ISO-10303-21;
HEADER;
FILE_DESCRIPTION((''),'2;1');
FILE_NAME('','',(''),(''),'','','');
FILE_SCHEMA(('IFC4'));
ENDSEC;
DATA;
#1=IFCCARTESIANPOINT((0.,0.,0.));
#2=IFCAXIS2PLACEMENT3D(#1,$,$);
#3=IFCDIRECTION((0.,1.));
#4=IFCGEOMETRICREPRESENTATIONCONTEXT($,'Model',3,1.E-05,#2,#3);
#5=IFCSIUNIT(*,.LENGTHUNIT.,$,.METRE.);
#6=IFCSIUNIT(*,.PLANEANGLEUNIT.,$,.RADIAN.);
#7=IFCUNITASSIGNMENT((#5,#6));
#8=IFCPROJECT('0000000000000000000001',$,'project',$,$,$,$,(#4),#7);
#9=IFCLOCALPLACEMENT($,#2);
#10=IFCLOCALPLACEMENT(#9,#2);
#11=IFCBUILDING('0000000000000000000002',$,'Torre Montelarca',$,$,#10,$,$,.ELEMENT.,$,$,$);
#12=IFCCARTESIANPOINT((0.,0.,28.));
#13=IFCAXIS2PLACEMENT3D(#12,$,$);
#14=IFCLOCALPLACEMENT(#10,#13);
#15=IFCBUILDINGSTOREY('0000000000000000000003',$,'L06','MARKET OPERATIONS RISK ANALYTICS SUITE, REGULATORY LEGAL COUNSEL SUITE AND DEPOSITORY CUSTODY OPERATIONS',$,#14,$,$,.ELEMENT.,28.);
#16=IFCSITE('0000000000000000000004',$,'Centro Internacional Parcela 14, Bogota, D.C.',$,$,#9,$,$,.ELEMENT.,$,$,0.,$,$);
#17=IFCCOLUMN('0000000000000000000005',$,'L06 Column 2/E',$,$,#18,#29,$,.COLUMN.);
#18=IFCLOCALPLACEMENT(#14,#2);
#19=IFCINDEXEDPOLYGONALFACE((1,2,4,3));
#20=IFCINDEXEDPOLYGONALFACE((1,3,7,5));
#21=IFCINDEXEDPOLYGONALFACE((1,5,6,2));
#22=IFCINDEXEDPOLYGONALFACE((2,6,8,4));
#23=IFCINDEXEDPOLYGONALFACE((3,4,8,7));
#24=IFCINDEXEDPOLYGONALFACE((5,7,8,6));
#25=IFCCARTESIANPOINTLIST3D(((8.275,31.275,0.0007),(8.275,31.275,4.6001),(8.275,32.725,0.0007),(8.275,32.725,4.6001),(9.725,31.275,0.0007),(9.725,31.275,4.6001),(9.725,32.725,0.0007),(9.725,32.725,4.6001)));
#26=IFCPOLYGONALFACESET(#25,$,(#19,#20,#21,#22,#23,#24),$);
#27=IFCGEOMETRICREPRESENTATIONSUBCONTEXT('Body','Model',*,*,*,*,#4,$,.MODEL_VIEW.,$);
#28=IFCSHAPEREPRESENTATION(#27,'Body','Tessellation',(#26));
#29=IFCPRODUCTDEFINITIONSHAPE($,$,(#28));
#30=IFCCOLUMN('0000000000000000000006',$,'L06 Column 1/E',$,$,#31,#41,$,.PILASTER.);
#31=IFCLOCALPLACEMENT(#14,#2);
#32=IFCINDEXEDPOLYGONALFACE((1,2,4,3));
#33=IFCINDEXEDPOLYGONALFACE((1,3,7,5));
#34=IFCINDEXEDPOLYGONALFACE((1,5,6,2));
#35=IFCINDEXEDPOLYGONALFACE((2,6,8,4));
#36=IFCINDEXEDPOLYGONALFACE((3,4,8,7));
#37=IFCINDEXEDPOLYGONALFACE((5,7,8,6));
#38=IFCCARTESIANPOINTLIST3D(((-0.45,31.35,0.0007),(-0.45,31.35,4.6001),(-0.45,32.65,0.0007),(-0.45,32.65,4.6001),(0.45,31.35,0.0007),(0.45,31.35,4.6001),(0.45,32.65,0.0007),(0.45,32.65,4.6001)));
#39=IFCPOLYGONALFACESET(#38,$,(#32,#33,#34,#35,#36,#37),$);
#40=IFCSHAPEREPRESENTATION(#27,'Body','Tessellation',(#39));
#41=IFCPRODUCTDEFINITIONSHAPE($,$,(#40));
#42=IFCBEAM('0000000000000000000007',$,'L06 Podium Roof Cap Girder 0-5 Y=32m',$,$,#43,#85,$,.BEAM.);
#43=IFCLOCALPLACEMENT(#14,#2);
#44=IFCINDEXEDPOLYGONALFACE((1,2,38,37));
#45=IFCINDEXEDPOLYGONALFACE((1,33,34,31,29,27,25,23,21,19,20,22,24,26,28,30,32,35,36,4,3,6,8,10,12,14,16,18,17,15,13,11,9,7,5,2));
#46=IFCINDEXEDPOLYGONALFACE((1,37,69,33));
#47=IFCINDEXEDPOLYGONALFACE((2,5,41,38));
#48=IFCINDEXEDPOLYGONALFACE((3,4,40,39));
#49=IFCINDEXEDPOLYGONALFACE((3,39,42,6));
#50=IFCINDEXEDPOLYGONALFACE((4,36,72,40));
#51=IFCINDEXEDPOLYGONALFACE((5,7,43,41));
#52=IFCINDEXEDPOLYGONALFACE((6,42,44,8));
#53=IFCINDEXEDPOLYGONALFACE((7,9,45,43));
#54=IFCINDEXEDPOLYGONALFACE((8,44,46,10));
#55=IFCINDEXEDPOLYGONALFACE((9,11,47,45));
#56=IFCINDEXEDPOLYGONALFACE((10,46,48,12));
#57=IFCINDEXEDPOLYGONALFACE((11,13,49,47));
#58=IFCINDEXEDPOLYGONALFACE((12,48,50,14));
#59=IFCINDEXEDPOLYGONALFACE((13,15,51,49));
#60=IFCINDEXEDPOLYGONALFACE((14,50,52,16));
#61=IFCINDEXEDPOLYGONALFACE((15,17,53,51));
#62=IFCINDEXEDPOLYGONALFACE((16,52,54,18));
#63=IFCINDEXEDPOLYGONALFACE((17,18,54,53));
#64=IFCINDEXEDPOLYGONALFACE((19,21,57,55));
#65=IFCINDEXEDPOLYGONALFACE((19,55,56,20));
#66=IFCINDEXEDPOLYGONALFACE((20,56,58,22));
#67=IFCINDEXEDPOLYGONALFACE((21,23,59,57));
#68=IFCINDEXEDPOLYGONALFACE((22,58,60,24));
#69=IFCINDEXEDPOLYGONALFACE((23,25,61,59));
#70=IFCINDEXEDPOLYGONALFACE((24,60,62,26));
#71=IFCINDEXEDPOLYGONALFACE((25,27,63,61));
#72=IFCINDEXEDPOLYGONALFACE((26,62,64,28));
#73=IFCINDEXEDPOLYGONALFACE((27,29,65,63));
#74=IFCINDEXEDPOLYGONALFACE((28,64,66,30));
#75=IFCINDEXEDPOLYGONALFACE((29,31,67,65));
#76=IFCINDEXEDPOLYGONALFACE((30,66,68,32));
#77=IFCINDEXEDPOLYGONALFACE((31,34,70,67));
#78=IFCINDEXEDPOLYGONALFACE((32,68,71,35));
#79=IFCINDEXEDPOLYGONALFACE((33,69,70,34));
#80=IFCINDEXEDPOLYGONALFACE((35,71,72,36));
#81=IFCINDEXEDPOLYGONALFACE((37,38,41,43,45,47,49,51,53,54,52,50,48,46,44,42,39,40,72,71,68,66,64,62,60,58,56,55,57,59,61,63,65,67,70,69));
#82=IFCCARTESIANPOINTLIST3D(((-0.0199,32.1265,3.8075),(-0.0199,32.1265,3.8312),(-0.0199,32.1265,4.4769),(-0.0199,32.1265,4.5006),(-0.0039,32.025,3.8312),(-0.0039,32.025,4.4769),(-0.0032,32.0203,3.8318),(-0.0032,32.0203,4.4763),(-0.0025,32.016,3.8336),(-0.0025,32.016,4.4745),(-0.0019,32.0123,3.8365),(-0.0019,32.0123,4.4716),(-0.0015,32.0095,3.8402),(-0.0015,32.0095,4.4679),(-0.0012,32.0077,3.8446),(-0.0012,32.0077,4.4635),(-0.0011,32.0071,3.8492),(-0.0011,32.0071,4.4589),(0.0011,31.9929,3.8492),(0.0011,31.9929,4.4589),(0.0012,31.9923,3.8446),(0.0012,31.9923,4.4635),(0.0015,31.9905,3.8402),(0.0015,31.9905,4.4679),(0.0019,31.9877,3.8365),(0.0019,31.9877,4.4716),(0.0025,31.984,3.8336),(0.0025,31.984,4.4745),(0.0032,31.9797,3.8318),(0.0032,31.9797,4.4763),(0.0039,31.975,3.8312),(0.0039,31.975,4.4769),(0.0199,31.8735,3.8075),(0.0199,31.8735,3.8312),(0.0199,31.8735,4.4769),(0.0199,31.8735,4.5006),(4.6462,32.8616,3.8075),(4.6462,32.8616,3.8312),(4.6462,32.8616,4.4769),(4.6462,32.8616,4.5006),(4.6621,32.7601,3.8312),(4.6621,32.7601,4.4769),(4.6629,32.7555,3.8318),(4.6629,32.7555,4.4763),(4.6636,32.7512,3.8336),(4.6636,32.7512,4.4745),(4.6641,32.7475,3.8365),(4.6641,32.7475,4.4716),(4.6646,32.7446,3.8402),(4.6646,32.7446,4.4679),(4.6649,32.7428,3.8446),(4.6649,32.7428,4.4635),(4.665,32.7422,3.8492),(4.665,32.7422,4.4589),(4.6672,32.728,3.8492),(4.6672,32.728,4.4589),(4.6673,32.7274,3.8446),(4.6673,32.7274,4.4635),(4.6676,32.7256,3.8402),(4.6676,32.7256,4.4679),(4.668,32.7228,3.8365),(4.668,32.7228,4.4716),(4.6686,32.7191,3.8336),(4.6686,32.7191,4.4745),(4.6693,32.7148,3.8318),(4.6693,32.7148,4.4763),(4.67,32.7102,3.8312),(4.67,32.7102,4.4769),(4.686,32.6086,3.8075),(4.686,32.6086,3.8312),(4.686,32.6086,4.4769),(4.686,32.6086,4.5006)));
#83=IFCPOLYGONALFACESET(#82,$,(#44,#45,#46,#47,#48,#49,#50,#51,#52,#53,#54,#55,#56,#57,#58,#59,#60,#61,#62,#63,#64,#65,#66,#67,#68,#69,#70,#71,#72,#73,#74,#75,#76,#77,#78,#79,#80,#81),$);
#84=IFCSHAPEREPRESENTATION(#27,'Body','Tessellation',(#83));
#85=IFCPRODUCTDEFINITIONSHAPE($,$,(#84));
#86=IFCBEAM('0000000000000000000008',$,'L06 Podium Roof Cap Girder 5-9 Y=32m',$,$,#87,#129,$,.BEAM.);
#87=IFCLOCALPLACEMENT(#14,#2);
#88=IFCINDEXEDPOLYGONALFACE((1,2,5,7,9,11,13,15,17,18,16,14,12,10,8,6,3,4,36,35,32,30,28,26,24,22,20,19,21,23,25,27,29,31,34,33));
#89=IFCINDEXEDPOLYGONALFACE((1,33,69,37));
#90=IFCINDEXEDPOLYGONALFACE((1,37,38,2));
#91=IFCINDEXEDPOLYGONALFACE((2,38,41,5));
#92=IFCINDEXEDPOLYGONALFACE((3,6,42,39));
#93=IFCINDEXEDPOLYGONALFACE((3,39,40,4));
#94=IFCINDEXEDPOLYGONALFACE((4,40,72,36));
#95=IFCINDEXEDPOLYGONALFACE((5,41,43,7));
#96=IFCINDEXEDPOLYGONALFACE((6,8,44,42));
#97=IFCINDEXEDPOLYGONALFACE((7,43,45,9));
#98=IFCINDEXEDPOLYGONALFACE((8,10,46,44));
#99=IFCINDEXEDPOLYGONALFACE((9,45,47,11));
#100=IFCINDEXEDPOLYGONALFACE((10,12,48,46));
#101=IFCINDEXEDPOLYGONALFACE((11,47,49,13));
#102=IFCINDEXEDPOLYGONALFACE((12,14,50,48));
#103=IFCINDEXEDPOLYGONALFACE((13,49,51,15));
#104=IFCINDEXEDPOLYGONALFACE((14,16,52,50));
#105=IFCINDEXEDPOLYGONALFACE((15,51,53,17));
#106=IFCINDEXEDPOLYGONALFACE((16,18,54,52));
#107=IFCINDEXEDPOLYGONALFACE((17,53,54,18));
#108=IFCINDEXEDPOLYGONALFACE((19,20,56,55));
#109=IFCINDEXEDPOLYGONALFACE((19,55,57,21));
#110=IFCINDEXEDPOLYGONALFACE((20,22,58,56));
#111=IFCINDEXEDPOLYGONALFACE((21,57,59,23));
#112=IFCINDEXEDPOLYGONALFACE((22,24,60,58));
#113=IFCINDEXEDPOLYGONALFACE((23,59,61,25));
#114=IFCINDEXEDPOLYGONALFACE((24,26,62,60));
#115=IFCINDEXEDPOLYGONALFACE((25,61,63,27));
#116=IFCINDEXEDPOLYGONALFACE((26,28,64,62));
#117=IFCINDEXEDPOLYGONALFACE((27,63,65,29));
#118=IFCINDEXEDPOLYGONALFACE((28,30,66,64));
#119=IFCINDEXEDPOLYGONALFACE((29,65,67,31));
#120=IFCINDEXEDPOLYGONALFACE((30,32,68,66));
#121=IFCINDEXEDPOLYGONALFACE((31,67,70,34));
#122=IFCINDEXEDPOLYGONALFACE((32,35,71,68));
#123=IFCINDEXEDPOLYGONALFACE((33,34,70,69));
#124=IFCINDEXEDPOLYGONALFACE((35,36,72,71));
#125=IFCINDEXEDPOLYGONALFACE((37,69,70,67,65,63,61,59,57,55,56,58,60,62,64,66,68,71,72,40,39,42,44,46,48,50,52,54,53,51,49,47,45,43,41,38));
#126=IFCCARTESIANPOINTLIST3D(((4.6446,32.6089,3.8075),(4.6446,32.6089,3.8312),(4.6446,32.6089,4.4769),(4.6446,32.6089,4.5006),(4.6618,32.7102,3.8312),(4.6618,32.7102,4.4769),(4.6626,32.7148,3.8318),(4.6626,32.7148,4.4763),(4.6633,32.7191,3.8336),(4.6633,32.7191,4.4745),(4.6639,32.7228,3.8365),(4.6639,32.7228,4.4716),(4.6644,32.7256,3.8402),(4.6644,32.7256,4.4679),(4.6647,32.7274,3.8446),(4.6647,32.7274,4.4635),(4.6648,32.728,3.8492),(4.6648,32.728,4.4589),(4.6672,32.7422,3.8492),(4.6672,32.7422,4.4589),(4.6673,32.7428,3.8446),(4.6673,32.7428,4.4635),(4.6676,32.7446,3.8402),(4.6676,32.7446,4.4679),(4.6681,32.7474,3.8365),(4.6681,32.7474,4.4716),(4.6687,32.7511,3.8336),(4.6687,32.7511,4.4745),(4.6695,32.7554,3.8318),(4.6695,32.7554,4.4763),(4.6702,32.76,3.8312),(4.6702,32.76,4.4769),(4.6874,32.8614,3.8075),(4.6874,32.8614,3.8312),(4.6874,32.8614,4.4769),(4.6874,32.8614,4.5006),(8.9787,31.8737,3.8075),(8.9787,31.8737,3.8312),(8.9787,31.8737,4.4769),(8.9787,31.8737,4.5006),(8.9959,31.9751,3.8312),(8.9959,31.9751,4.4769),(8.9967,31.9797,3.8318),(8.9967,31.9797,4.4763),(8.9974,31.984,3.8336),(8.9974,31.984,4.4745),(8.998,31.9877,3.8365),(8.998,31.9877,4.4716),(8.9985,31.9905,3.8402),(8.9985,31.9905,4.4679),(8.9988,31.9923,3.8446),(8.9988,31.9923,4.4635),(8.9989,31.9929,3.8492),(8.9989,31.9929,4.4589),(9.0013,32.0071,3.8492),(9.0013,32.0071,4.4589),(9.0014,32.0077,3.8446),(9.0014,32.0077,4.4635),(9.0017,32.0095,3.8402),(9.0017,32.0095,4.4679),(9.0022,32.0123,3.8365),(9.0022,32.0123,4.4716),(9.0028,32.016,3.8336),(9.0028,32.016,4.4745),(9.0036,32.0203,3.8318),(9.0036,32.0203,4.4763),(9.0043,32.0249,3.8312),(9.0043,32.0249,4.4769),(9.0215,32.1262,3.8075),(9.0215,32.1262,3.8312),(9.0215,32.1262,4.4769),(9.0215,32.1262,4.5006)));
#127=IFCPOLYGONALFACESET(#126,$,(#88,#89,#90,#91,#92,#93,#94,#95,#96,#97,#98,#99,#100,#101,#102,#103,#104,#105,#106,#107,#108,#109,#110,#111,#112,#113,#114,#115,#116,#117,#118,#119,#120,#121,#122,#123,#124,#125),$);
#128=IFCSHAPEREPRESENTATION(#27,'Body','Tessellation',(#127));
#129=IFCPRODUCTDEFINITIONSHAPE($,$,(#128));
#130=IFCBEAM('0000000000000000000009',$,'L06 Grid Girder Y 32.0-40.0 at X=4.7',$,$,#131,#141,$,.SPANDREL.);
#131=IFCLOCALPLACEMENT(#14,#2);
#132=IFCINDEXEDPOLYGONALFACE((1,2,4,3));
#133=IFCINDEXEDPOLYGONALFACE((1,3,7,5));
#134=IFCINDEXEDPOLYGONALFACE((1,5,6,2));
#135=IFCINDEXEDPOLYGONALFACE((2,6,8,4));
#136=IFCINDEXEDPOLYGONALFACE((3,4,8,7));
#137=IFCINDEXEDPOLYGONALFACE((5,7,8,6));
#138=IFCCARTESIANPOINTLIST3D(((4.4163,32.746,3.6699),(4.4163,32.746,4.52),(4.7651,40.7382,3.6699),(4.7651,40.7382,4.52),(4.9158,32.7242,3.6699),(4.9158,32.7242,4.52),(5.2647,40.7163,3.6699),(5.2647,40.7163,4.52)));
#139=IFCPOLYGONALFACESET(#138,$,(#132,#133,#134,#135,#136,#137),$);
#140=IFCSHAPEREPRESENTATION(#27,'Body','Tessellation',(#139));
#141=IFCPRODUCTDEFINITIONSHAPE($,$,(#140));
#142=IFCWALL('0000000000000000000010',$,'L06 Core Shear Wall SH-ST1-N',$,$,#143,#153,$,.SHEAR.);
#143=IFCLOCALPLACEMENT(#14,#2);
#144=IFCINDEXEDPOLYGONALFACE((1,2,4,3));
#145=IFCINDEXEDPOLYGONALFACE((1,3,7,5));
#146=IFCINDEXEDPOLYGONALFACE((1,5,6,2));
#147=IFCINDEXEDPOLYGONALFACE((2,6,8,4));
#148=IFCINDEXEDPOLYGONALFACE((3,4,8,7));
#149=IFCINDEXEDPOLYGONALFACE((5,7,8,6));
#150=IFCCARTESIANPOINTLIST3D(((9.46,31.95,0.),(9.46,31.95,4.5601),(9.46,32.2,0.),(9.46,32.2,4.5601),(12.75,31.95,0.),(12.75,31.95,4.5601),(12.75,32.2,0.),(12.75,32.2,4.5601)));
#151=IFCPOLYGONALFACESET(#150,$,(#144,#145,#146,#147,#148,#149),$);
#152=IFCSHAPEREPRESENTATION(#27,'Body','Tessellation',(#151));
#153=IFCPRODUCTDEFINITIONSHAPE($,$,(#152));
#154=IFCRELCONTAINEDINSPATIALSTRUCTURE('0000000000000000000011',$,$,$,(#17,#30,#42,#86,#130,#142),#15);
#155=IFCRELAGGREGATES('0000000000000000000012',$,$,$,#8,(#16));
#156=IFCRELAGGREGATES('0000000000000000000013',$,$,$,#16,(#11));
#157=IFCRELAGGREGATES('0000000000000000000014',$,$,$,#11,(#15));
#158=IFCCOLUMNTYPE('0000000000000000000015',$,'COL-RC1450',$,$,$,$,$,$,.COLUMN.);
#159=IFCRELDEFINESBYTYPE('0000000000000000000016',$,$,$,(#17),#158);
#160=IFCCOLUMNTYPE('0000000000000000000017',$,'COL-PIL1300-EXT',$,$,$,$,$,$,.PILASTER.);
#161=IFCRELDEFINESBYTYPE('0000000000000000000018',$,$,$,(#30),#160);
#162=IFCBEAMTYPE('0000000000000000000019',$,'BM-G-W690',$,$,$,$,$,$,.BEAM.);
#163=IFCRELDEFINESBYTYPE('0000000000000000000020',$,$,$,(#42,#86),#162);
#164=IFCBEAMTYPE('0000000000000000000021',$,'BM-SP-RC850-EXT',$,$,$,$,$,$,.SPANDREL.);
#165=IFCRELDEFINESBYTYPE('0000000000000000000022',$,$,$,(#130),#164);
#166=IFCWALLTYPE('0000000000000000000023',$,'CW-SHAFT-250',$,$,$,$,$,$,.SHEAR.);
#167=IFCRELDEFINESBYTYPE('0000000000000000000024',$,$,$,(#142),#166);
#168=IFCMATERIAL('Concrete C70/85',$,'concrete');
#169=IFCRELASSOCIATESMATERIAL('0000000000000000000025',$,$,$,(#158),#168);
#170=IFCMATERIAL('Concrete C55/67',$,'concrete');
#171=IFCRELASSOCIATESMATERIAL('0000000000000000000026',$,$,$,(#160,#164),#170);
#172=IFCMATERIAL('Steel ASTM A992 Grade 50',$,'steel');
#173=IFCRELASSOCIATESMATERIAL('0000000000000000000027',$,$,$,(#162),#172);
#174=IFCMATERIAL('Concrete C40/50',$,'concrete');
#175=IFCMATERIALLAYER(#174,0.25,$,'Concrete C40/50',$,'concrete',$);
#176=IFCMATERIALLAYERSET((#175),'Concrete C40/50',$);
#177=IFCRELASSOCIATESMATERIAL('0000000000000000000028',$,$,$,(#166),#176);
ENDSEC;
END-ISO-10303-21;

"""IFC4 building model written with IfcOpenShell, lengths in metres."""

from ifc_helpers import new_model, si_unit, direction, frame, frame_2d, origin, origin_2d, place, context, subcontext, project, spatial, rectangle, i_section, extrude, source, transform, mapped, material, layer, layer_set, material_profile, profile_set, type_object, element, save


model = new_model("IFC4")

# Units and contexts
model_context = context("Model", 3, precision=1e-05, world=origin(), true_north=direction((0.0, 1.0)))
body_context = subcontext(model_context, "Body", "Model", "MODEL_VIEW")
ifc_project = project(units=[si_unit("LENGTHUNIT", "METRE"), si_unit("PLANEANGLEUNIT", "RADIAN")], contexts=[model_context])

# Site, building, storey
site_placement = place(None, origin())
site = spatial("IfcSite", under=ifc_project, at=site_placement, Name="Centro Internacional Parcela 14, Bogota, D.C.", CompositionType="ELEMENT", RefElevation=0.0)
building_placement = place(site_placement, origin())
building = spatial("IfcBuilding", under=site, at=building_placement, Name="Torre Montelarca", CompositionType="ELEMENT")
storey_placement = place(building_placement, frame((0.0, 0.0, 28.0)))
storey = spatial("IfcBuildingStorey", under=building, at=storey_placement, Name="L06", Description="MARKET OPERATIONS RISK ANALYTICS SUITE, REGULATORY LEGAL COUNSEL SUITE AND DEPOSITORY CUSTODY OPERATIONS", CompositionType="ELEMENT", Elevation=28.0)

# Columns
ifc_material_1 = material(Name="Concrete C70/85", Category="concrete")
ifc_material_profile_1 = material_profile(ifc_material_1, rectangle(XDim=1.45, YDim=1.45, at=origin_2d()), Name="RC1450X1450", Category="concrete")
ifc_profile_set_1 = profile_set([ifc_material_profile_1], Name="Concrete C70/85")
column_type_1 = type_object("IfcColumnType", Name="COL-RC1450", PredefinedType="COLUMN", material=ifc_profile_set_1)
shared_shape_1 = source(origin(), body_context, "Body", "SweptSolid", [
    extrude(rectangle(XDim=1.45, YDim=1.45, at=origin_2d()), origin(), (0.0, 0.0, 1.0), 4.5994),
])
column_1_placement = place(storey_placement, frame((9.0, 32.0, 0.0007), z_axis=(0.0, 0.0, 1.0), x_axis=(1.0, 0.0, 0.0)))
element("IfcColumn", 1, at=column_1_placement, inside=storey, type_object=column_type_1, Name="L06 Column 2/E", PredefinedType="COLUMN", context=body_context, shape_type="MappedRepresentation", body=[
    mapped(shared_shape_1, transform((0.0, 0.0, 0.0), scale=1.0)),
])
ifc_material_2 = material(Name="Concrete C55/67", Category="concrete")
ifc_material_profile_2 = material_profile(ifc_material_2, rectangle(XDim=0.8999, YDim=1.3, at=origin_2d()), Name="RC1300X900", Category="concrete")
ifc_profile_set_2 = profile_set([ifc_material_profile_2], Name="Concrete C55/67")
column_type_2 = type_object("IfcColumnType", Name="COL-PIL1300-EXT", PredefinedType="PILASTER", material=ifc_profile_set_2)
shared_shape_2 = source(origin(), body_context, "Body", "SweptSolid", [
    extrude(rectangle(XDim=0.8999, YDim=1.3, at=origin_2d()), origin(), (0.0, 0.0, 1.0), 4.5994),
])
column_2_placement = place(storey_placement, frame((0.0, 32.0, 0.0007), z_axis=(0.0, 0.0, 1.0), x_axis=(1.0, 0.0, 0.0)))
element("IfcColumn", 2, at=column_2_placement, inside=storey, type_object=column_type_2, Name="L06 Column 1/E", PredefinedType="PILASTER", context=body_context, shape_type="MappedRepresentation", body=[
    mapped(shared_shape_2, transform((0.0, 0.0, 0.0), scale=1.0)),
])

# Beams
ifc_material_3 = material(Name="Steel ASTM A992 Grade 50", Category="steel")
ifc_material_profile_3 = material_profile(ifc_material_3, i_section(OverallWidth=0.2561, OverallDepth=0.6931, WebThickness=0.0144, FlangeThickness=0.0237, FilletRadius=0.0181, at=origin_2d()), Name="W690X170", Category="steel")
ifc_profile_set_3 = profile_set([ifc_material_profile_3], Name="Steel ASTM A992 Grade 50")
beam_type_1 = type_object("IfcBeamType", Name="BM-G-W690", PredefinedType="BEAM", material=ifc_profile_set_3)
shared_shape_3 = source(origin(), body_context, "Body", "SweptSolid", [
    extrude(i_section(OverallWidth=0.2561, OverallDepth=0.6931, WebThickness=0.0144, FlangeThickness=0.0237, FilletRadius=0.0181, at=origin_2d()), origin(), (0.0, 0.0, 1.0), 4.7236),
])
beam_1_placement = place(storey_placement, frame((0.0, 32.0, 4.1541), z_axis=(0.987816, 0.155625, 0.0), x_axis=(-0.155625, 0.987816, 0.0)))
element("IfcBeam", 3, at=beam_1_placement, inside=storey, type_object=beam_type_1, Name="L06 Podium Roof Cap Girder 0-5 Y=32m", PredefinedType="BEAM", context=body_context, shape_type="MappedRepresentation", body=[
    mapped(shared_shape_3, transform((0.0, 0.0, 0.0), scale=1.0)),
])
shared_shape_4 = source(origin(), body_context, "Body", "SweptSolid", [
    extrude(i_section(OverallWidth=0.2561, OverallDepth=0.6931, WebThickness=0.0144, FlangeThickness=0.0237, FilletRadius=0.0181, at=origin_2d()), origin(), (0.0, 0.0, 1.0), 4.396),
])
beam_2_placement = place(storey_placement, frame((4.666, 32.7351, 4.1541), z_axis=(0.985919, -0.167226, 0.0), x_axis=(0.167226, 0.985919, 0.0)))
element("IfcBeam", 4, at=beam_2_placement, inside=storey, type_object=beam_type_1, Name="L06 Podium Roof Cap Girder 5-9 Y=32m", PredefinedType="BEAM", context=body_context, shape_type="MappedRepresentation", body=[
    mapped(shared_shape_4, transform((0.0, 0.0, 0.0), scale=1.0)),
])
ifc_material_profile_4 = material_profile(ifc_material_2, rectangle(XDim=0.5, YDim=0.8501, at=origin_2d()), Name="RCB500X850", Category="concrete")
ifc_profile_set_4 = profile_set([ifc_material_profile_4], Name="Concrete C55/67")
beam_type_2 = type_object("IfcBeamType", Name="BM-SP-RC850-EXT", PredefinedType="SPANDREL", material=ifc_profile_set_4)
shared_shape_5 = source(origin(), body_context, "Body", "SweptSolid", [
    extrude(rectangle(XDim=0.5, YDim=0.8501, at=origin_2d()), origin(), (0.0, 0.0, 1.0), 7.9998),
])
beam_3_placement = place(storey_placement, frame((4.666, 32.7351, 4.095), z_axis=(0.043611, 0.999049, 0.0), x_axis=(-0.999049, 0.043611, 0.0)))
element("IfcBeam", 5, at=beam_3_placement, inside=storey, type_object=beam_type_2, Name="L06 Grid Girder Y 32.0-40.0 at X=4.7", PredefinedType="SPANDREL", context=body_context, shape_type="MappedRepresentation", body=[
    mapped(shared_shape_5, transform((0.0, 0.0, 0.0), scale=1.0)),
])

# Wall
ifc_material_4 = material(Name="Concrete C40/50", Category="concrete")
ifc_layer_1 = layer(ifc_material_4, 0.25, Name="Concrete C40/50", Category="concrete")
ifc_layer_set_1 = layer_set([ifc_layer_1], Name="Concrete C40/50")
wall_type_1 = type_object("IfcWallType", Name="CW-SHAFT-250", PredefinedType="SHEAR", material=ifc_layer_set_1)
wall_1_placement = place(storey_placement, frame((9.46, 32.075, 0.0), z_axis=(0.0, 0.0, 1.0), x_axis=(1.0, 0.0, 0.0)))
element("IfcWall", 6, at=wall_1_placement, inside=storey, type_object=wall_type_1, Name="L06 Core Shear Wall SH-ST1-N", PredefinedType="SHEAR", context=body_context, shape_type="SweptSolid", body=[
    extrude(rectangle(XDim=3.29, YDim=0.25, at=frame_2d((1.645, 0.0))), origin(), (0.0, 0.0, 1.0), 4.5601),
])

save(model, "model.ifc")
